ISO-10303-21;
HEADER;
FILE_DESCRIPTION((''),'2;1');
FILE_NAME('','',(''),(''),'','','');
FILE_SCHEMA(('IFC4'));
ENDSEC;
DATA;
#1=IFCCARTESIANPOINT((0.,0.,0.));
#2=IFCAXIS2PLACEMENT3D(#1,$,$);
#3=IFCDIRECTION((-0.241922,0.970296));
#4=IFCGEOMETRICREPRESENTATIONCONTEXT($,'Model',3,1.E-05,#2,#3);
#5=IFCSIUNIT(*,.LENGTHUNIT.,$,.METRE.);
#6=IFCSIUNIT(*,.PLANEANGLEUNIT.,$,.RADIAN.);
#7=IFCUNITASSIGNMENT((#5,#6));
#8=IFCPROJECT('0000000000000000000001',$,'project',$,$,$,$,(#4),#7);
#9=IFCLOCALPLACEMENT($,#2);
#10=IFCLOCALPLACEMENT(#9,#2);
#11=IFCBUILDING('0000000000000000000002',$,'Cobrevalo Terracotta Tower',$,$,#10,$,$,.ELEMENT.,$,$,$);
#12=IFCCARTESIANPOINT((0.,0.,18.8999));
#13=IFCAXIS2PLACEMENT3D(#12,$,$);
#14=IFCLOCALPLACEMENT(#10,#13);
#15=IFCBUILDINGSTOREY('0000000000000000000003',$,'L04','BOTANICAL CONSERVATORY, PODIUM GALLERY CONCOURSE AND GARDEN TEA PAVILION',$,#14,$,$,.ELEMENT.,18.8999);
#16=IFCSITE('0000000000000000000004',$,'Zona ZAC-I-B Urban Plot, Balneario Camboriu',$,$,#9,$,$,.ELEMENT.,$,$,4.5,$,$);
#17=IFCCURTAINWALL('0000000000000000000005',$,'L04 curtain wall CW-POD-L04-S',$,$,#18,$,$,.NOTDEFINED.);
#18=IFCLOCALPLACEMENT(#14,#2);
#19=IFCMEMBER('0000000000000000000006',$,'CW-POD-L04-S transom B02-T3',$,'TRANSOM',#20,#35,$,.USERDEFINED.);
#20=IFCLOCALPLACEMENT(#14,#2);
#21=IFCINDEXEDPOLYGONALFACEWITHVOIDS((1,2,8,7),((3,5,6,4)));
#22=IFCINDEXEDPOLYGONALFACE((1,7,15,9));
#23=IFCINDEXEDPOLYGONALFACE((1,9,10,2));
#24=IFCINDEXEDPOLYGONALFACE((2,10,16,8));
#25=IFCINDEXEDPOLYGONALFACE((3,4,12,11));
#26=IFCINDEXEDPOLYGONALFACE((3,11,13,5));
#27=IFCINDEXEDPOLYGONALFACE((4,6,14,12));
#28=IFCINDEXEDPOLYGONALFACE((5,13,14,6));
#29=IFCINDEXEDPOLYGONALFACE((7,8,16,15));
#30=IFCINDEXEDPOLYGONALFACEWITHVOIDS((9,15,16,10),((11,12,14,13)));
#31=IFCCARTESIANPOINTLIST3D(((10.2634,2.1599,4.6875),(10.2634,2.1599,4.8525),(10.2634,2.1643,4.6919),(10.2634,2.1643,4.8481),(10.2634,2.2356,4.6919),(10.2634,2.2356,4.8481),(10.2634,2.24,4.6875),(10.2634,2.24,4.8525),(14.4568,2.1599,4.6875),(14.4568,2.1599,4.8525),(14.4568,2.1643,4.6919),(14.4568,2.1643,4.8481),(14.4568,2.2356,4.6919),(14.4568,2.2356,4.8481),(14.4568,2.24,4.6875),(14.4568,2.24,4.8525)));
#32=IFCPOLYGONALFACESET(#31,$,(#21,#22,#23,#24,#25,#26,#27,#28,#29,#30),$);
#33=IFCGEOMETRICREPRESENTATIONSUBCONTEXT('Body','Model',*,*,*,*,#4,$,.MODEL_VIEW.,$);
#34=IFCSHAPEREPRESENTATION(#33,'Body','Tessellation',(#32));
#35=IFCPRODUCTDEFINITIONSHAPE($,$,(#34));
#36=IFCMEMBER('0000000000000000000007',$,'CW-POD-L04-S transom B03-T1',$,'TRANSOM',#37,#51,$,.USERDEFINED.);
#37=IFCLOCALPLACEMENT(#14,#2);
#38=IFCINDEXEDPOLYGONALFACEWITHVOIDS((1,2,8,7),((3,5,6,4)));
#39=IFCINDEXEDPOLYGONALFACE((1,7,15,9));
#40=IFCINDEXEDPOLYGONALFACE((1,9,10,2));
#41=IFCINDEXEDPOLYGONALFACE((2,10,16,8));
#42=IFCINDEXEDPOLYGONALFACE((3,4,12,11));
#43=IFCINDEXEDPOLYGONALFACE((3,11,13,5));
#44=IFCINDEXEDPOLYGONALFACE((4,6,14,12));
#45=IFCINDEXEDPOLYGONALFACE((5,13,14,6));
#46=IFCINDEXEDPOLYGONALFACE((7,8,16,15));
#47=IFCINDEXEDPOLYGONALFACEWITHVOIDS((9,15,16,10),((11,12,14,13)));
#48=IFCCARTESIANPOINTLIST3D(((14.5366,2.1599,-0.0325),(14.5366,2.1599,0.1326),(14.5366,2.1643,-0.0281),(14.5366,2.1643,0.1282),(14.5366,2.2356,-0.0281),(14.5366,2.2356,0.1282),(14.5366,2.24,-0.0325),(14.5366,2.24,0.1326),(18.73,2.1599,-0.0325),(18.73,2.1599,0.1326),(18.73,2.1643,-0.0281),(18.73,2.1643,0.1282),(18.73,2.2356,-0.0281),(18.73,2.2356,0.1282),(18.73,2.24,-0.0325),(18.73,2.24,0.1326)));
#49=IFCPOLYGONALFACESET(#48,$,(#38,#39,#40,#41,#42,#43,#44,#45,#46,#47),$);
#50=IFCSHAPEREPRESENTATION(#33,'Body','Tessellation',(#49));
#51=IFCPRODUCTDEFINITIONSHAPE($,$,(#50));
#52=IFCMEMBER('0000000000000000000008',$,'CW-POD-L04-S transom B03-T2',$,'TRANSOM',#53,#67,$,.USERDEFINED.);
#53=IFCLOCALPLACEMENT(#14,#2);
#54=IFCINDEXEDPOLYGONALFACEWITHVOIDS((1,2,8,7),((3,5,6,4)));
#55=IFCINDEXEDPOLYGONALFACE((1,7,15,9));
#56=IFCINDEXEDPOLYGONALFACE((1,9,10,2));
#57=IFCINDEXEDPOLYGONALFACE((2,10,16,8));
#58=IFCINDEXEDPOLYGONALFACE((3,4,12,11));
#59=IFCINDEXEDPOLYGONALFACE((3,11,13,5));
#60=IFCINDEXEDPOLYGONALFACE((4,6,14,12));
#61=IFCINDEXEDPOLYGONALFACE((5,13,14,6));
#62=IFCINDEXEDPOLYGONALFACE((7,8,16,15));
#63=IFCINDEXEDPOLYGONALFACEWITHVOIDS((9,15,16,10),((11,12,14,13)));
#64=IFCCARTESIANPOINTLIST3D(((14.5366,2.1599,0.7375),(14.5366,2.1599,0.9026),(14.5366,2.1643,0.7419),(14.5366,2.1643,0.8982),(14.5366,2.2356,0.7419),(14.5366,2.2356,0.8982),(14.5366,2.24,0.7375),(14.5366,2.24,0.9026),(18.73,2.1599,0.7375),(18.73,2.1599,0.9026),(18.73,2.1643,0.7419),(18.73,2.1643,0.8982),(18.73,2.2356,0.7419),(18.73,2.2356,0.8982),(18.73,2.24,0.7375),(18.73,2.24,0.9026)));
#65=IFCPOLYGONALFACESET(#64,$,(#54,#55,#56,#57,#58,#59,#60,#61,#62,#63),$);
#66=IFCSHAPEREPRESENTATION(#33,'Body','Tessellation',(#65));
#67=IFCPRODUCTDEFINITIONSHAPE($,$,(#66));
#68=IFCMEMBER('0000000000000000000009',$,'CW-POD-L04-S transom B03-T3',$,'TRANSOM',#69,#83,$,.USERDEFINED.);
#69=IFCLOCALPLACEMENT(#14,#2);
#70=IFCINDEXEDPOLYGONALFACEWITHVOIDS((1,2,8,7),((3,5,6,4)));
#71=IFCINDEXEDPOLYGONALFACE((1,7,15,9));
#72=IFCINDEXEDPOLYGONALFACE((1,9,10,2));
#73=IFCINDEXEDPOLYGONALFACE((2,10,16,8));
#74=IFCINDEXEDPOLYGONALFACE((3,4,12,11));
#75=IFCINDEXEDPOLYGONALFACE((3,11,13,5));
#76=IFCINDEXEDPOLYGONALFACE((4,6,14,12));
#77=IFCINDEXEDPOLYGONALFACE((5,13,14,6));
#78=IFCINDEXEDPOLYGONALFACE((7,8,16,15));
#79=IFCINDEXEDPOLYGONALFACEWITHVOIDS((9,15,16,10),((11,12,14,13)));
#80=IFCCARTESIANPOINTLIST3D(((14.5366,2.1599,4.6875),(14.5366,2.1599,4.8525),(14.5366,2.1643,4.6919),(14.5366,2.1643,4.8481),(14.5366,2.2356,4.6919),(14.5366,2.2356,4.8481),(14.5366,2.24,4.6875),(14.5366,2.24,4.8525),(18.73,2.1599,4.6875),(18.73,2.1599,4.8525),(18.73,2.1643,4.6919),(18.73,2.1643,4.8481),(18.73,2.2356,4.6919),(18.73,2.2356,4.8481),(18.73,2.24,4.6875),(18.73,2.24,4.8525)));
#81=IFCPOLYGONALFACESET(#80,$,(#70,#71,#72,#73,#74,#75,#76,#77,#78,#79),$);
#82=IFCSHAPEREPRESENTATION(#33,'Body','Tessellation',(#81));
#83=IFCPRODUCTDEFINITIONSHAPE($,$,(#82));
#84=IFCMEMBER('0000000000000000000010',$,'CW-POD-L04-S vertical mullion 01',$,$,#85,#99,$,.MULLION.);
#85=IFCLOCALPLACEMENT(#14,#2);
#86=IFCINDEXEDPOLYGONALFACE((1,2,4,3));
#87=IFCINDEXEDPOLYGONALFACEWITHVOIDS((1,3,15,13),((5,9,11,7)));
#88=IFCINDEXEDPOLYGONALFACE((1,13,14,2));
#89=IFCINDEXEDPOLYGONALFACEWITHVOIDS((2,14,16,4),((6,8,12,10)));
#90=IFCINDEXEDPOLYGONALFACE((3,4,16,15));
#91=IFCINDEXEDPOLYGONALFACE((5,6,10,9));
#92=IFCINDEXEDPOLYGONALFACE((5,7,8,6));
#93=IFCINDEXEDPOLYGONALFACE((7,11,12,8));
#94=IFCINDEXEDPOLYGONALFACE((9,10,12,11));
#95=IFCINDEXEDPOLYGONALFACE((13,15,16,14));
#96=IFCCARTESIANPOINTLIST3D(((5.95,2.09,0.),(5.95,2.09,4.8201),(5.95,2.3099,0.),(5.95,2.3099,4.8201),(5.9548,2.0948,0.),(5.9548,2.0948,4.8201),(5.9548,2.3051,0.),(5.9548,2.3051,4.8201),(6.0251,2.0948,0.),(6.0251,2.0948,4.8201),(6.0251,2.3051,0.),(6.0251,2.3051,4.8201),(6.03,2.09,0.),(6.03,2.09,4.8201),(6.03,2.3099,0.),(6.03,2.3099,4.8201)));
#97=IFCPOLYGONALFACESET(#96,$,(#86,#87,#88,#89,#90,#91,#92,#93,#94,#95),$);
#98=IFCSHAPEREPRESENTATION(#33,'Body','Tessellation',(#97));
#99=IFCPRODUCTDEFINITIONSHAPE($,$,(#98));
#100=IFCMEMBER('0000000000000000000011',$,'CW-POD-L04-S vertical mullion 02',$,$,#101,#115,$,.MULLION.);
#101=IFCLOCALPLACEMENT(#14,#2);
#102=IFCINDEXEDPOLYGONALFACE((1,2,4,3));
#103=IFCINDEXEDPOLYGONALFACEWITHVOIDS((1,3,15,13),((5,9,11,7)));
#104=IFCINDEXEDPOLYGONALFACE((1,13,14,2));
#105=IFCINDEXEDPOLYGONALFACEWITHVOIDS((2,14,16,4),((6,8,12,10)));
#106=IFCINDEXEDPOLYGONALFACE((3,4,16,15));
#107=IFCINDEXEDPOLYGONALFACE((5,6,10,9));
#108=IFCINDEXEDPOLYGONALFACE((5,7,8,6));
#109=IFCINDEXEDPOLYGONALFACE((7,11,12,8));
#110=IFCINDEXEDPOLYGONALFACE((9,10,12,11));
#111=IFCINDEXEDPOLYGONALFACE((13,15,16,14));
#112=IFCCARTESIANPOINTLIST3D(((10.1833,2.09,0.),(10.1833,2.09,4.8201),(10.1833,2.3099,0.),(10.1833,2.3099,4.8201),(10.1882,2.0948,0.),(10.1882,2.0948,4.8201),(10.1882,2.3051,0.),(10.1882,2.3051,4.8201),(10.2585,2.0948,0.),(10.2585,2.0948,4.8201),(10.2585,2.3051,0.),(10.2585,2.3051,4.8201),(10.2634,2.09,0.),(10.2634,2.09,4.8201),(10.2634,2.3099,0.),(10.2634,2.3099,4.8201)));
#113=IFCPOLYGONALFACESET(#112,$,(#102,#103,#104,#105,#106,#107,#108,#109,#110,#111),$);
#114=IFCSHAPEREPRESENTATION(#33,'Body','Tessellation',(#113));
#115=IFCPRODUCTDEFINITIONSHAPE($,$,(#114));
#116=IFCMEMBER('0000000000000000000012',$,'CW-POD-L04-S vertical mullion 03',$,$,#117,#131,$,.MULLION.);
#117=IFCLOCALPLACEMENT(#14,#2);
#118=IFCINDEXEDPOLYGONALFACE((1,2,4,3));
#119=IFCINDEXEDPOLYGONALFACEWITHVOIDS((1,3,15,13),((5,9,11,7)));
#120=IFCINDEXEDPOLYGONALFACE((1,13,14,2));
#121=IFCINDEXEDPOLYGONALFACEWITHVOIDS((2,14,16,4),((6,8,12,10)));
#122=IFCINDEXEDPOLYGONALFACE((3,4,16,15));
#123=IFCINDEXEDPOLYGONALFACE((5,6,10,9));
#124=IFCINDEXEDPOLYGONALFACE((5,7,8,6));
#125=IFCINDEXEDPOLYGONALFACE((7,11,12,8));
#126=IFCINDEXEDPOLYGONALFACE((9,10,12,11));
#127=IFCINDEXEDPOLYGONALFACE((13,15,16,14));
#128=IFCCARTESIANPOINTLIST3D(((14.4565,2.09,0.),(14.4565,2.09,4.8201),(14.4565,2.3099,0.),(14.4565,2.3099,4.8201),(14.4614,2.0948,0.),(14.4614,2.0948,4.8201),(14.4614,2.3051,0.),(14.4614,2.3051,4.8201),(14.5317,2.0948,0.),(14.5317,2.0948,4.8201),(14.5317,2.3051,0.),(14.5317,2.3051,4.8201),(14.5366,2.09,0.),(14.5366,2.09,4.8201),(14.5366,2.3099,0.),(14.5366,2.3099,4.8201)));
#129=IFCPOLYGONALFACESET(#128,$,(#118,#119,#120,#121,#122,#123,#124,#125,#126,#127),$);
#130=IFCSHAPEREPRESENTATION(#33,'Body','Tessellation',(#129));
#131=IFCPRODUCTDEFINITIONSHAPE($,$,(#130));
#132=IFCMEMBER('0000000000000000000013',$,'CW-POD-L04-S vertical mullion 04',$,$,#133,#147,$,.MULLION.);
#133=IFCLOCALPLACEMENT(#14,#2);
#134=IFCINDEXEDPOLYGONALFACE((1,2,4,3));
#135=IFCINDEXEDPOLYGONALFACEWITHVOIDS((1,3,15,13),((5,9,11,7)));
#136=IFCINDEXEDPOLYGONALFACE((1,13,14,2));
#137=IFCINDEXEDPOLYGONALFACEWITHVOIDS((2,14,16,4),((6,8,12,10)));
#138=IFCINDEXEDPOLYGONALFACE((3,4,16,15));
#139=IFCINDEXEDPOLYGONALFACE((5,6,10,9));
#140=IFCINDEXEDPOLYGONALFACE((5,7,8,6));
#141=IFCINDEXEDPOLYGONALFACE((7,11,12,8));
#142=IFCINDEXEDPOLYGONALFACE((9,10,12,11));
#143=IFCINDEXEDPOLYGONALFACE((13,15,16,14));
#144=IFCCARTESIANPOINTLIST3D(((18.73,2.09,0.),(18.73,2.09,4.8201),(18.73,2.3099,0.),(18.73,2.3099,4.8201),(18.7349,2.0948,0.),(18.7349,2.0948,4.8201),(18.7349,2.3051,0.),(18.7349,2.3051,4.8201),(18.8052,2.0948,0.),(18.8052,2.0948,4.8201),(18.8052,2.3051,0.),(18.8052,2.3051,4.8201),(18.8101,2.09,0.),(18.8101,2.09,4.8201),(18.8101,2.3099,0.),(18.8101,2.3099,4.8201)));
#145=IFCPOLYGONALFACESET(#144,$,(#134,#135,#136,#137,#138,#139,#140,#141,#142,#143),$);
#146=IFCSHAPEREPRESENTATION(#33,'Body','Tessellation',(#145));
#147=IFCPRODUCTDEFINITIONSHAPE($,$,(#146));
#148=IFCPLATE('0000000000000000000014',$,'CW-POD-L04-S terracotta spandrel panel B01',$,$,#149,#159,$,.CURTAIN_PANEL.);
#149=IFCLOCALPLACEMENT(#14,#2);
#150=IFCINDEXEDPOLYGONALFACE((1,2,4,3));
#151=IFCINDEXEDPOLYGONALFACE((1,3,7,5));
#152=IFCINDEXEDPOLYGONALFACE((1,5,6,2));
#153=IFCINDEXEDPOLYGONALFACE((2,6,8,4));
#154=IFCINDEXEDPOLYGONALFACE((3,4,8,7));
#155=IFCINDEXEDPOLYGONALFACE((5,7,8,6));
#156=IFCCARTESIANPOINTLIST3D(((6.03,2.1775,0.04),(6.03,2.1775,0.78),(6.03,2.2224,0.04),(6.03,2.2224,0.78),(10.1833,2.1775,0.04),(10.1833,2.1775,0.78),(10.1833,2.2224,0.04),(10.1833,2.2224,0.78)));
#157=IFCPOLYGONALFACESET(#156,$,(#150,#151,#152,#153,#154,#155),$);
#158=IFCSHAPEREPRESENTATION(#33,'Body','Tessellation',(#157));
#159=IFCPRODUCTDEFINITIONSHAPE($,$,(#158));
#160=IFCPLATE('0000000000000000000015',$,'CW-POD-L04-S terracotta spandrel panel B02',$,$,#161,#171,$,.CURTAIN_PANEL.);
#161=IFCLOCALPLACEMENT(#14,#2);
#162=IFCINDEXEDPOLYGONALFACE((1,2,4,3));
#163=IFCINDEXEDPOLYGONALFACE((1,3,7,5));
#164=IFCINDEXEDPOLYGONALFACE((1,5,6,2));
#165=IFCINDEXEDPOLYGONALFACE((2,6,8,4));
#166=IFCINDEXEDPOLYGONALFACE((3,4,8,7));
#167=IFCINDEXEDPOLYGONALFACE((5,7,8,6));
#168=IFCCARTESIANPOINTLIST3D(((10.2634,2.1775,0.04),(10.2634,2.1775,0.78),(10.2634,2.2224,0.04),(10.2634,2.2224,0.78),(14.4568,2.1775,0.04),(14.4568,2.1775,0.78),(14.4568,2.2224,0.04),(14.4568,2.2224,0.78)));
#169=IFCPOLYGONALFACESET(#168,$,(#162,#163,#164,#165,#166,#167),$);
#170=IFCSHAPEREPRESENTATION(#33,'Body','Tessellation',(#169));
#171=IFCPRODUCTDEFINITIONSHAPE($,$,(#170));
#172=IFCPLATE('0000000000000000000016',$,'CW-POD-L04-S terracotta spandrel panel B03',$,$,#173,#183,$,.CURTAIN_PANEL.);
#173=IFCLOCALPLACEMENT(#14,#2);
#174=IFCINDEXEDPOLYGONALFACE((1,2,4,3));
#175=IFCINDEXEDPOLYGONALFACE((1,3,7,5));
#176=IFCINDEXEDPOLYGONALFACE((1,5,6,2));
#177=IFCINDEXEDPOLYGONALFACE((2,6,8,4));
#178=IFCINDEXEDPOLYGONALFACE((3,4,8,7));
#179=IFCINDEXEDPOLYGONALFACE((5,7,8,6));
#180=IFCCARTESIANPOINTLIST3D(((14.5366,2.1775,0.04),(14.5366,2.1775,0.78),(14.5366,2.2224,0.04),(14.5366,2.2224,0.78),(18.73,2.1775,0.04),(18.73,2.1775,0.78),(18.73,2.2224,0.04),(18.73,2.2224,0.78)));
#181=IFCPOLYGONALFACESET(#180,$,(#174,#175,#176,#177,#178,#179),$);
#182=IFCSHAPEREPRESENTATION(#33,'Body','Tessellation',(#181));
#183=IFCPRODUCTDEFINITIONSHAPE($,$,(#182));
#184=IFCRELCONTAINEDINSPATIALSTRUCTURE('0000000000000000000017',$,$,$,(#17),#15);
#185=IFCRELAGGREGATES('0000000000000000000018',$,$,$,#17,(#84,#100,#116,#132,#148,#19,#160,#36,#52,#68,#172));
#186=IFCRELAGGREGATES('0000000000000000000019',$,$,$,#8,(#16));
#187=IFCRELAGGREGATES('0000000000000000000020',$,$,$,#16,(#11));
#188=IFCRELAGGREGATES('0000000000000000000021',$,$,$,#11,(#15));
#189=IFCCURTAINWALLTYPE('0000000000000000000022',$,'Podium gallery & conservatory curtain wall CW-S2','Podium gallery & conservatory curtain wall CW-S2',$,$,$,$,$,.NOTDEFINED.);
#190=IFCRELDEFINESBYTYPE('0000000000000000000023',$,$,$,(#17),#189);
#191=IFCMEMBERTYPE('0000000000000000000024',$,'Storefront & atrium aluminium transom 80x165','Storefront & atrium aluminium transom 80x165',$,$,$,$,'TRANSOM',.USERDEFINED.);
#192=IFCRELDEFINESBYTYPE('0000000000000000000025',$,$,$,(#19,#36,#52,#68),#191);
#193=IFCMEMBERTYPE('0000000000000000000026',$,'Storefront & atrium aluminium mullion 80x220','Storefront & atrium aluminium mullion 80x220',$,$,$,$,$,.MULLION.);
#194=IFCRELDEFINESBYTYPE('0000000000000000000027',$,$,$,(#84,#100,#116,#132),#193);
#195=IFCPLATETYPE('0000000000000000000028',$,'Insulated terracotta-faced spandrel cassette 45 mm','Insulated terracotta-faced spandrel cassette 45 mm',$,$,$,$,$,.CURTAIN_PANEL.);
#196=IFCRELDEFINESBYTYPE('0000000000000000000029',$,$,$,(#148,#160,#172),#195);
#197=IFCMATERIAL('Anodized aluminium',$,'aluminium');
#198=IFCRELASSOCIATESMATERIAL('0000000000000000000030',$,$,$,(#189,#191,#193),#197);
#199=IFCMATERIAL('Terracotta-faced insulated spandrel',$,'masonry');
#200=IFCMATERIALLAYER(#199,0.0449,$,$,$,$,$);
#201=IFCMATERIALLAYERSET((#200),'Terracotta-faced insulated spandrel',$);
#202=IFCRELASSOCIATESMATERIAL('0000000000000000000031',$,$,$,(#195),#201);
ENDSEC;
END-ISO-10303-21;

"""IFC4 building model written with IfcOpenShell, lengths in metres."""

from ifc_helpers import new_model, si_unit, direction, frame, origin, origin_2d, place, context, subcontext, project, spatial, rectangle, hollow_rectangle, extrude, source, transform, mapped, material, layer, layer_set, material_profile, profile_set, type_object, element, aggregate, save


model = new_model("IFC4")

# Units and contexts
model_context = context("Model", 3, precision=1e-05, world=origin(), true_north=direction((-0.241922, 0.970296)))
body_context = subcontext(model_context, "Body", "Model", "MODEL_VIEW")
ifc_project = project(units=[si_unit("LENGTHUNIT", "METRE"), si_unit("PLANEANGLEUNIT", "RADIAN")], contexts=[model_context])

# Site, building, storey
site_placement = place(None, origin())
site = spatial("IfcSite", under=ifc_project, at=site_placement, Name="Zona ZAC-I-B Urban Plot, Balneario Camboriu", CompositionType="ELEMENT", RefElevation=4.5)
building_placement = place(site_placement, origin())
building = spatial("IfcBuilding", under=site, at=building_placement, Name="Cobrevalo Terracotta Tower", CompositionType="ELEMENT")
storey_placement = place(building_placement, frame((0.0, 0.0, 18.8999)))
storey = spatial("IfcBuildingStorey", under=building, at=storey_placement, Name="L04", Description="BOTANICAL CONSERVATORY, PODIUM GALLERY CONCOURSE AND GARDEN TEA PAVILION", CompositionType="ELEMENT", Elevation=18.8999)

# Curtain wall, members, plates
ifc_material_1 = material(Name="Anodized aluminium", Category="aluminium")
curtain_wall_type = type_object("IfcCurtainWallType", Name="Podium gallery & conservatory curtain wall CW-S2", Description="Podium gallery & conservatory curtain wall CW-S2", PredefinedType="NOTDEFINED", material=ifc_material_1)
curtain_wall_placement = place(storey_placement, origin())
curtain_wall = element("IfcCurtainWall", 1, at=curtain_wall_placement, inside=storey, type_object=curtain_wall_type, Name="L04 curtain wall CW-POD-L04-S", PredefinedType="NOTDEFINED")
ifc_material_profile_1 = material_profile(ifc_material_1, hollow_rectangle(XDim=0.0801, YDim=0.165, WallThickness=0.0044, at=origin_2d()), Name="CWT 80x165")
ifc_profile_set_1 = profile_set([ifc_material_profile_1], Name="Anodized aluminium")
member_type_1 = type_object("IfcMemberType", Name="Storefront & atrium aluminium transom 80x165", Description="Storefront & atrium aluminium transom 80x165", ElementType="TRANSOM", PredefinedType="USERDEFINED", material=ifc_profile_set_1)
shared_shape_1 = source(origin(), body_context, "Body", "SweptSolid", [
    extrude(hollow_rectangle(XDim=0.0801, YDim=0.165, WallThickness=0.0044, at=origin_2d()), origin(), (0.0, 0.0, 1.0), 4.1934),
])
member_1_placement = place(storey_placement, frame((10.2634, 2.2, 4.77), z_axis=(1.0, 0.0, 0.0), x_axis=(0.0, 1.0, 0.0)))
member_1 = element("IfcMember", 2, at=member_1_placement, type_object=member_type_1, Name="CW-POD-L04-S transom B02-T3", ObjectType="TRANSOM", PredefinedType="USERDEFINED", context=body_context, shape_type="MappedRepresentation", body=[
    mapped(shared_shape_1, transform((0.0, 0.0, 0.0), scale=1.0)),
])
member_2_placement = place(storey_placement, frame((14.5366, 2.2, 0.05), z_axis=(1.0, 0.0, 0.0), x_axis=(0.0, 1.0, 0.0)))
member_2 = element("IfcMember", 3, at=member_2_placement, type_object=member_type_1, Name="CW-POD-L04-S transom B03-T1", ObjectType="TRANSOM", PredefinedType="USERDEFINED", context=body_context, shape_type="MappedRepresentation", body=[
    mapped(shared_shape_1, transform((0.0, 0.0, 0.0), scale=1.0)),
])
member_3_placement = place(storey_placement, frame((14.5366, 2.2, 0.8201), z_axis=(1.0, 0.0, 0.0), x_axis=(0.0, 1.0, 0.0)))
member_3 = element("IfcMember", 4, at=member_3_placement, type_object=member_type_1, Name="CW-POD-L04-S transom B03-T2", ObjectType="TRANSOM", PredefinedType="USERDEFINED", context=body_context, shape_type="MappedRepresentation", body=[
    mapped(shared_shape_1, transform((0.0, 0.0, 0.0), scale=1.0)),
])
member_4_placement = place(storey_placement, frame((14.5366, 2.2, 4.77), z_axis=(1.0, 0.0, 0.0), x_axis=(0.0, 1.0, 0.0)))
member_4 = element("IfcMember", 5, at=member_4_placement, type_object=member_type_1, Name="CW-POD-L04-S transom B03-T3", ObjectType="TRANSOM", PredefinedType="USERDEFINED", context=body_context, shape_type="MappedRepresentation", body=[
    mapped(shared_shape_1, transform((0.0, 0.0, 0.0), scale=1.0)),
])
ifc_material_profile_2 = material_profile(ifc_material_1, hollow_rectangle(XDim=0.0801, YDim=0.22, WallThickness=0.0049, at=origin_2d()), Name="CWM 80x220")
ifc_profile_set_2 = profile_set([ifc_material_profile_2], Name="Anodized aluminium")
member_type_2 = type_object("IfcMemberType", Name="Storefront & atrium aluminium mullion 80x220", Description="Storefront & atrium aluminium mullion 80x220", PredefinedType="MULLION", material=ifc_profile_set_2)
shared_shape_2 = source(origin(), body_context, "Body", "SweptSolid", [
    extrude(hollow_rectangle(XDim=0.0801, YDim=0.22, WallThickness=0.0049, at=origin_2d()), origin(), (0.0, 0.0, 1.0), 4.8201),
])
member_5_placement = place(storey_placement, frame((5.99, 2.2, 0.0), z_axis=(0.0, 0.0, 1.0), x_axis=(1.0, 0.0, 0.0)))
member_5 = element("IfcMember", 6, at=member_5_placement, type_object=member_type_2, Name="CW-POD-L04-S vertical mullion 01", PredefinedType="MULLION", context=body_context, shape_type="MappedRepresentation", body=[
    mapped(shared_shape_2, transform((0.0, 0.0, 0.0), scale=1.0)),
])
member_6_placement = place(storey_placement, frame((10.2234, 2.2, 0.0), z_axis=(0.0, 0.0, 1.0), x_axis=(1.0, 0.0, 0.0)))
member_6 = element("IfcMember", 7, at=member_6_placement, type_object=member_type_2, Name="CW-POD-L04-S vertical mullion 02", PredefinedType="MULLION", context=body_context, shape_type="MappedRepresentation", body=[
    mapped(shared_shape_2, transform((0.0, 0.0, 0.0), scale=1.0)),
])
member_7_placement = place(storey_placement, frame((14.4966, 2.2, 0.0), z_axis=(0.0, 0.0, 1.0), x_axis=(1.0, 0.0, 0.0)))
member_7 = element("IfcMember", 8, at=member_7_placement, type_object=member_type_2, Name="CW-POD-L04-S vertical mullion 03", PredefinedType="MULLION", context=body_context, shape_type="MappedRepresentation", body=[
    mapped(shared_shape_2, transform((0.0, 0.0, 0.0), scale=1.0)),
])
member_8_placement = place(storey_placement, frame((18.77, 2.2, 0.0), z_axis=(0.0, 0.0, 1.0), x_axis=(1.0, 0.0, 0.0)))
member_8 = element("IfcMember", 9, at=member_8_placement, type_object=member_type_2, Name="CW-POD-L04-S vertical mullion 04", PredefinedType="MULLION", context=body_context, shape_type="MappedRepresentation", body=[
    mapped(shared_shape_2, transform((0.0, 0.0, 0.0), scale=1.0)),
])
ifc_material_2 = material(Name="Terracotta-faced insulated spandrel", Category="masonry")
ifc_layer_1 = layer(ifc_material_2, 0.0449)
ifc_layer_set_1 = layer_set([ifc_layer_1], Name="Terracotta-faced insulated spandrel")
plate_type_1 = type_object("IfcPlateType", Name="Insulated terracotta-faced spandrel cassette 45 mm", Description="Insulated terracotta-faced spandrel cassette 45 mm", PredefinedType="CURTAIN_PANEL", material=ifc_layer_set_1)
shared_shape_3 = source(origin(), body_context, "Body", "SweptSolid", [
    extrude(rectangle(XDim=4.1533, YDim=0.0449, at=origin_2d()), origin(), (0.0, 0.0, 1.0), 0.74),
])
plate_1_placement = place(storey_placement, frame((8.1067, 2.2, 0.04), z_axis=(0.0, 0.0, 1.0), x_axis=(1.0, 0.0, 0.0)))
plate_1 = element("IfcPlate", 10, at=plate_1_placement, type_object=plate_type_1, Name="CW-POD-L04-S terracotta spandrel panel B01", PredefinedType="CURTAIN_PANEL", context=body_context, shape_type="MappedRepresentation", body=[
    mapped(shared_shape_3, transform((0.0, 0.0, 0.0), scale=1.0)),
])
shared_shape_4 = source(origin(), body_context, "Body", "SweptSolid", [
    extrude(rectangle(XDim=4.1934, YDim=0.0449, at=origin_2d()), origin(), (0.0, 0.0, 1.0), 0.74),
])
plate_2_placement = place(storey_placement, frame((12.3601, 2.2, 0.04), z_axis=(0.0, 0.0, 1.0), x_axis=(1.0, 0.0, 0.0)))
plate_2 = element("IfcPlate", 11, at=plate_2_placement, type_object=plate_type_1, Name="CW-POD-L04-S terracotta spandrel panel B02", PredefinedType="CURTAIN_PANEL", context=body_context, shape_type="MappedRepresentation", body=[
    mapped(shared_shape_4, transform((0.0, 0.0, 0.0), scale=1.0)),
])
plate_3_placement = place(storey_placement, frame((16.6333, 2.2, 0.04), z_axis=(0.0, 0.0, 1.0), x_axis=(1.0, 0.0, 0.0)))
plate_3 = element("IfcPlate", 12, at=plate_3_placement, type_object=plate_type_1, Name="CW-POD-L04-S terracotta spandrel panel B03", PredefinedType="CURTAIN_PANEL", context=body_context, shape_type="MappedRepresentation", body=[
    mapped(shared_shape_4, transform((0.0, 0.0, 0.0), scale=1.0)),
])
aggregate(curtain_wall, [member_5, member_6, member_7, member_8, plate_1, member_1, plate_2, member_2, member_3, member_4, plate_3])

save(model, "model.ifc")
